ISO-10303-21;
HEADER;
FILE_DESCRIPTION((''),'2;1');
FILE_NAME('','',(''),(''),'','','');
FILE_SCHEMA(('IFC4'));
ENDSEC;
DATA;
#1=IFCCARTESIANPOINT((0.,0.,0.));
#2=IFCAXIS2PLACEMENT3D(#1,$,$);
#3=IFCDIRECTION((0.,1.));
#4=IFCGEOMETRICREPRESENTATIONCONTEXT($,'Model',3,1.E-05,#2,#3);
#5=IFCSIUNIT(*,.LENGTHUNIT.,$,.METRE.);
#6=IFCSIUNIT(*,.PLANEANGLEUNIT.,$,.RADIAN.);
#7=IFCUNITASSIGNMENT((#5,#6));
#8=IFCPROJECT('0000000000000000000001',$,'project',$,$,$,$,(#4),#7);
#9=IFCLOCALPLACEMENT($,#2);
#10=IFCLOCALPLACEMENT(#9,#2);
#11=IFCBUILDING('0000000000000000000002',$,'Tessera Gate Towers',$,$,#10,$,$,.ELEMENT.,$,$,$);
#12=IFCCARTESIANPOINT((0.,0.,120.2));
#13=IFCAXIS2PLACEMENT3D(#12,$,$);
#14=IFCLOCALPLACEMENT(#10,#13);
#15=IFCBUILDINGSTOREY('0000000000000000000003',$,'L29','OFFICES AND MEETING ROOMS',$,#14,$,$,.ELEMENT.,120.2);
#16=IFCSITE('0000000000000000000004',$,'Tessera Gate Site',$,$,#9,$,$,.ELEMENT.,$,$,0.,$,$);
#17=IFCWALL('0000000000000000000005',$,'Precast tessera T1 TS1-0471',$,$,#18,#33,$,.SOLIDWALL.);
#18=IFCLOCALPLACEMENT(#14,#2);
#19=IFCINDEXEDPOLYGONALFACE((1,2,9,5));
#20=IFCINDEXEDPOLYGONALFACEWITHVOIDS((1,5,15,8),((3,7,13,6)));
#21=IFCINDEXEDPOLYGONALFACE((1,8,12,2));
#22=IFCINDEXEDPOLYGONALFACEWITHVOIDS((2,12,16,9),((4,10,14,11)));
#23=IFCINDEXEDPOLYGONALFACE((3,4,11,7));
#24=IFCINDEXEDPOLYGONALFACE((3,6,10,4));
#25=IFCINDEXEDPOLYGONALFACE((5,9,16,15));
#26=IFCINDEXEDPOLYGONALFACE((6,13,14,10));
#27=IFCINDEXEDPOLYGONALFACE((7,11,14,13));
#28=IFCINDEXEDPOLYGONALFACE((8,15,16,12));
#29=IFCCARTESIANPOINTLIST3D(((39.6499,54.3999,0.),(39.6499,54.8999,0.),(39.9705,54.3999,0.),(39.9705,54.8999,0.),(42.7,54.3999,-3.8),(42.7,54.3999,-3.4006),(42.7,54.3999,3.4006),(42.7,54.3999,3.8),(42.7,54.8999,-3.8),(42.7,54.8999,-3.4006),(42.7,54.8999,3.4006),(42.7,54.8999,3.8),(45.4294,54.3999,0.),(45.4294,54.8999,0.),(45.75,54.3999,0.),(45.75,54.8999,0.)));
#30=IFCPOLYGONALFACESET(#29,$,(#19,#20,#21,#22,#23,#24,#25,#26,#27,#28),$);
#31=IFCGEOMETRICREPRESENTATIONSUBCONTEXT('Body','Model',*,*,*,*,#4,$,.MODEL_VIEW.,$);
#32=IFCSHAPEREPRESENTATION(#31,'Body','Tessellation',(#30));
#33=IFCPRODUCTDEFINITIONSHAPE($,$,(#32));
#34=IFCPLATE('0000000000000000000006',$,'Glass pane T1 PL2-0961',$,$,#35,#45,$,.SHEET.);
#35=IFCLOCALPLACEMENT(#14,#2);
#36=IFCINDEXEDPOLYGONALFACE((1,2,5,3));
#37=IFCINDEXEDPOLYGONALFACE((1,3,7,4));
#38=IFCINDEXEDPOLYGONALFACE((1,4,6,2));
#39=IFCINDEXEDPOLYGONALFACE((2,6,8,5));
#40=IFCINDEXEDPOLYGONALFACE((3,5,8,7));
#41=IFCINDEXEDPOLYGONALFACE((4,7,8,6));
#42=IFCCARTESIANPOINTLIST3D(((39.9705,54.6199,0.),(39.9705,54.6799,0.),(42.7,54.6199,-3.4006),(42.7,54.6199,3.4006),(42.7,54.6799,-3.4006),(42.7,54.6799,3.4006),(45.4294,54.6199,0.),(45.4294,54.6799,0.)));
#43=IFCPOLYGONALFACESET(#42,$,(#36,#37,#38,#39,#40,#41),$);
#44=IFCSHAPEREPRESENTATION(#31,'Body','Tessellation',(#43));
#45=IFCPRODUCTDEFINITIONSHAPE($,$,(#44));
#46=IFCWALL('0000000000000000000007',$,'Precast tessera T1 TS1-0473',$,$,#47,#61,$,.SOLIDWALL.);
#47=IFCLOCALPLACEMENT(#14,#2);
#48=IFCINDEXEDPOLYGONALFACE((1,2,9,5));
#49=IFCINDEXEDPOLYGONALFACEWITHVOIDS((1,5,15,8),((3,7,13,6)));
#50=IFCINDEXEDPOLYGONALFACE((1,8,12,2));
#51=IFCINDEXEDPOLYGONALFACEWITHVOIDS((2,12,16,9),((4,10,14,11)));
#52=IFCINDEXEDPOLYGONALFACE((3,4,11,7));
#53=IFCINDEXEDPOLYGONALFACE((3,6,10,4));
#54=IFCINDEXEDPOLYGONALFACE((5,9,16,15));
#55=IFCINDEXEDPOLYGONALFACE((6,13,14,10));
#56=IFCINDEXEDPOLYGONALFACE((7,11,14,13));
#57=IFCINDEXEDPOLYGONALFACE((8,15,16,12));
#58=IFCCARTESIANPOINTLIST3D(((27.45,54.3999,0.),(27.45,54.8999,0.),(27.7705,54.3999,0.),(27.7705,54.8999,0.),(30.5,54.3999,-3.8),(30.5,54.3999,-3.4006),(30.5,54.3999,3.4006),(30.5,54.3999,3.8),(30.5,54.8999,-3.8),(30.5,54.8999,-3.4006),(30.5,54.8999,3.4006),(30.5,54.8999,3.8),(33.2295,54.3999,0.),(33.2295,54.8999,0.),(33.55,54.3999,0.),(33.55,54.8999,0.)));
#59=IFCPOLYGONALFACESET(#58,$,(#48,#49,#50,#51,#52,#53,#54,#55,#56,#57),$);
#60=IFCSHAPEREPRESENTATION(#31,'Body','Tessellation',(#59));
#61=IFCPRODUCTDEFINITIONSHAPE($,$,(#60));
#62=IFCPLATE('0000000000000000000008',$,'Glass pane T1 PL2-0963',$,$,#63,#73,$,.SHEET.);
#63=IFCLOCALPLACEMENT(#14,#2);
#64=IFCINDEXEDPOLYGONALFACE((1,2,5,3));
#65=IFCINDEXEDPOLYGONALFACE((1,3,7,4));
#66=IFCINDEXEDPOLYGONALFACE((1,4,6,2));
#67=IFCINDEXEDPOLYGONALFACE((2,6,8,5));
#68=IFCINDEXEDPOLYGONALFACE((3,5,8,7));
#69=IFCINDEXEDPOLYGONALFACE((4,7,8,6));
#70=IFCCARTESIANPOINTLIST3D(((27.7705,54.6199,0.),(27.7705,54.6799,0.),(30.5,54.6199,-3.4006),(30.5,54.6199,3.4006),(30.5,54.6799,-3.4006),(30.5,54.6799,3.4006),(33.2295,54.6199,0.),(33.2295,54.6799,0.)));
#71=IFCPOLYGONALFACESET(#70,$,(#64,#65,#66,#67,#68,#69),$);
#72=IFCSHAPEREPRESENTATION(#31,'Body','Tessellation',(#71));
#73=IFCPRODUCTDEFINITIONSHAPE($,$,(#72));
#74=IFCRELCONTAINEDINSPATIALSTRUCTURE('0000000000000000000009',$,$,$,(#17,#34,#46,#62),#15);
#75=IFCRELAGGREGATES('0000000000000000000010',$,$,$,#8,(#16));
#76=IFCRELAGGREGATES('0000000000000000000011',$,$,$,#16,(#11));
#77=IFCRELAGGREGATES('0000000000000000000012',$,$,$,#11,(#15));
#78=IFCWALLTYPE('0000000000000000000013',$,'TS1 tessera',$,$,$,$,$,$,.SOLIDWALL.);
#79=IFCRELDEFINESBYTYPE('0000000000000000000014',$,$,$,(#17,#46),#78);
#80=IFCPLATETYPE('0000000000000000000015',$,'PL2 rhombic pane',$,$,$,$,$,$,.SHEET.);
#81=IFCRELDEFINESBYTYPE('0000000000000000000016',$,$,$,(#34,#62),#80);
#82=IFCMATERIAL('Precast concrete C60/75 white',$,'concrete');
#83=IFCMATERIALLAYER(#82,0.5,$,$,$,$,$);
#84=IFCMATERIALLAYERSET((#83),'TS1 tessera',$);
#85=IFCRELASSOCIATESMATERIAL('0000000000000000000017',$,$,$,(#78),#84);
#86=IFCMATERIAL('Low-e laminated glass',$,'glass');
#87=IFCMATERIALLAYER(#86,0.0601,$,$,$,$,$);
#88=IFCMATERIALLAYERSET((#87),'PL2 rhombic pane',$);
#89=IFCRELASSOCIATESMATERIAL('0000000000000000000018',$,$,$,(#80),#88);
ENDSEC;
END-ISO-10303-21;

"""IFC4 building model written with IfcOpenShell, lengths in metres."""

from ifc_helpers import new_model, si_unit, direction, frame, origin, place, context, subcontext, project, spatial, polyline, outline, extrude, source, transform, mapped, material, layer, layer_set, type_object, element, fill, save


model = new_model("IFC4")

# Units and contexts
model_context = context("Model", 3, precision=1e-05, world=origin(), true_north=direction((0.0, 1.0)))
body_context = subcontext(model_context, "Body", "Model", "MODEL_VIEW")
ifc_project = project(units=[si_unit("LENGTHUNIT", "METRE"), si_unit("PLANEANGLEUNIT", "RADIAN")], contexts=[model_context])

# Site, building, storey
site_placement = place(None, origin())
site = spatial("IfcSite", under=ifc_project, at=site_placement, Name="Tessera Gate Site", CompositionType="ELEMENT", RefElevation=0.0)
building_placement = place(site_placement, origin())
building = spatial("IfcBuilding", under=site, at=building_placement, Name="Tessera Gate Towers", CompositionType="ELEMENT")
storey_placement = place(building_placement, frame((0.0, 0.0, 120.2)))
storey = spatial("IfcBuildingStorey", under=building, at=storey_placement, Name="L29", Description="OFFICES AND MEETING ROOMS", CompositionType="ELEMENT", Elevation=120.2)

# Walls, openings, plates
ifc_material_1 = material(Name="Precast concrete C60/75 white", Category="concrete")
ifc_layer_1 = layer(ifc_material_1, 0.5)
ifc_layer_set_1 = layer_set([ifc_layer_1], Name="TS1 tessera")
wall_type_1 = type_object("IfcWallType", Name="TS1 tessera", PredefinedType="SOLIDWALL", material=ifc_layer_set_1)
shared_shape_1 = source(origin(), body_context, "Body", "SweptSolid", [
    extrude(outline(polyline([(3.05, 0.0), (6.1001, 3.8), (3.05, 7.6001), (0.0, 3.8), (3.05, 0.0)])), frame((0.0, 0.25, 0.0), z_axis=(0.0, -1.0, 0.0), x_axis=(1.0, 0.0, 0.0)), (0.0, 0.0, 1.0), 0.5),
])
wall_1_placement = place(storey_placement, frame((45.75, 54.6499, -3.8), z_axis=(0.0, 0.0, 1.0), x_axis=(-1.0, 0.0, 0.0)))
wall_1 = element("IfcWall", 1, at=wall_1_placement, inside=storey, type_object=wall_type_1, Name="Precast tessera T1 TS1-0471", PredefinedType="SOLIDWALL", context=body_context, shape_type="MappedRepresentation", body=[
    mapped(shared_shape_1, transform((0.0, 0.0, 0.0), scale=1.0)),
])
shared_shape_2 = source(origin(), body_context, "Body", "SweptSolid", [
    extrude(outline(polyline([(3.05, 0.3994), (5.7795, 3.8), (3.05, 7.2007), (0.3206, 3.8), (3.05, 0.3994)])), frame((0.0, 0.26, 0.0), z_axis=(0.0, -1.0, 0.0), x_axis=(1.0, 0.0, 0.0)), (0.0, 0.0, 1.0), 0.52),
])
opening_1_placement = place(wall_1_placement, origin())
opening_1 = element("IfcOpeningElement", 2, at=opening_1_placement, cuts=wall_1, PredefinedType="OPENING", context=body_context, shape_type="MappedRepresentation", body=[
    mapped(shared_shape_2, transform((0.0, 0.0, 0.0), scale=1.0)),
])
ifc_material_2 = material(Name="Low-e laminated glass", Category="glass")
ifc_layer_2 = layer(ifc_material_2, 0.0601)
ifc_layer_set_2 = layer_set([ifc_layer_2], Name="PL2 rhombic pane")
plate_type = type_object("IfcPlateType", Name="PL2 rhombic pane", PredefinedType="SHEET", material=ifc_layer_set_2)
shared_shape_3 = source(origin(), body_context, "Body", "SweptSolid", [
    extrude(outline(polyline([(3.05, 0.3994), (5.7795, 3.8), (3.05, 7.2007), (0.3206, 3.8), (3.05, 0.3994)])), frame((0.0, 0.03, 0.0), z_axis=(0.0, -1.0, 0.0), x_axis=(1.0, 0.0, 0.0)), (0.0, 0.0, 1.0), 0.0601),
])
plate_1_placement = place(opening_1_placement, origin())
plate_1 = element("IfcPlate", 3, at=plate_1_placement, inside=storey, type_object=plate_type, Name="Glass pane T1 PL2-0961", PredefinedType="SHEET", context=body_context, shape_type="MappedRepresentation", body=[
    mapped(shared_shape_3, transform((0.0, 0.0, 0.0), scale=1.0)),
])
fill(opening_1, plate_1)
wall_2_placement = place(storey_placement, frame((33.55, 54.6499, -3.8), z_axis=(0.0, 0.0, 1.0), x_axis=(-1.0, 0.0, 0.0)))
wall_2 = element("IfcWall", 4, at=wall_2_placement, inside=storey, type_object=wall_type_1, Name="Precast tessera T1 TS1-0473", PredefinedType="SOLIDWALL", context=body_context, shape_type="MappedRepresentation", body=[
    mapped(shared_shape_1, transform((0.0, 0.0, 0.0), scale=1.0)),
])
opening_2_placement = place(wall_2_placement, origin())
opening_2 = element("IfcOpeningElement", 5, at=opening_2_placement, cuts=wall_2, PredefinedType="OPENING", context=body_context, shape_type="MappedRepresentation", body=[
    mapped(shared_shape_2, transform((0.0, 0.0, 0.0), scale=1.0)),
])
plate_2_placement = place(opening_2_placement, origin())
plate_2 = element("IfcPlate", 6, at=plate_2_placement, inside=storey, type_object=plate_type, Name="Glass pane T1 PL2-0963", PredefinedType="SHEET", context=body_context, shape_type="MappedRepresentation", body=[
    mapped(shared_shape_3, transform((0.0, 0.0, 0.0), scale=1.0)),
])
fill(opening_2, plate_2)

save(model, "model.ifc")
